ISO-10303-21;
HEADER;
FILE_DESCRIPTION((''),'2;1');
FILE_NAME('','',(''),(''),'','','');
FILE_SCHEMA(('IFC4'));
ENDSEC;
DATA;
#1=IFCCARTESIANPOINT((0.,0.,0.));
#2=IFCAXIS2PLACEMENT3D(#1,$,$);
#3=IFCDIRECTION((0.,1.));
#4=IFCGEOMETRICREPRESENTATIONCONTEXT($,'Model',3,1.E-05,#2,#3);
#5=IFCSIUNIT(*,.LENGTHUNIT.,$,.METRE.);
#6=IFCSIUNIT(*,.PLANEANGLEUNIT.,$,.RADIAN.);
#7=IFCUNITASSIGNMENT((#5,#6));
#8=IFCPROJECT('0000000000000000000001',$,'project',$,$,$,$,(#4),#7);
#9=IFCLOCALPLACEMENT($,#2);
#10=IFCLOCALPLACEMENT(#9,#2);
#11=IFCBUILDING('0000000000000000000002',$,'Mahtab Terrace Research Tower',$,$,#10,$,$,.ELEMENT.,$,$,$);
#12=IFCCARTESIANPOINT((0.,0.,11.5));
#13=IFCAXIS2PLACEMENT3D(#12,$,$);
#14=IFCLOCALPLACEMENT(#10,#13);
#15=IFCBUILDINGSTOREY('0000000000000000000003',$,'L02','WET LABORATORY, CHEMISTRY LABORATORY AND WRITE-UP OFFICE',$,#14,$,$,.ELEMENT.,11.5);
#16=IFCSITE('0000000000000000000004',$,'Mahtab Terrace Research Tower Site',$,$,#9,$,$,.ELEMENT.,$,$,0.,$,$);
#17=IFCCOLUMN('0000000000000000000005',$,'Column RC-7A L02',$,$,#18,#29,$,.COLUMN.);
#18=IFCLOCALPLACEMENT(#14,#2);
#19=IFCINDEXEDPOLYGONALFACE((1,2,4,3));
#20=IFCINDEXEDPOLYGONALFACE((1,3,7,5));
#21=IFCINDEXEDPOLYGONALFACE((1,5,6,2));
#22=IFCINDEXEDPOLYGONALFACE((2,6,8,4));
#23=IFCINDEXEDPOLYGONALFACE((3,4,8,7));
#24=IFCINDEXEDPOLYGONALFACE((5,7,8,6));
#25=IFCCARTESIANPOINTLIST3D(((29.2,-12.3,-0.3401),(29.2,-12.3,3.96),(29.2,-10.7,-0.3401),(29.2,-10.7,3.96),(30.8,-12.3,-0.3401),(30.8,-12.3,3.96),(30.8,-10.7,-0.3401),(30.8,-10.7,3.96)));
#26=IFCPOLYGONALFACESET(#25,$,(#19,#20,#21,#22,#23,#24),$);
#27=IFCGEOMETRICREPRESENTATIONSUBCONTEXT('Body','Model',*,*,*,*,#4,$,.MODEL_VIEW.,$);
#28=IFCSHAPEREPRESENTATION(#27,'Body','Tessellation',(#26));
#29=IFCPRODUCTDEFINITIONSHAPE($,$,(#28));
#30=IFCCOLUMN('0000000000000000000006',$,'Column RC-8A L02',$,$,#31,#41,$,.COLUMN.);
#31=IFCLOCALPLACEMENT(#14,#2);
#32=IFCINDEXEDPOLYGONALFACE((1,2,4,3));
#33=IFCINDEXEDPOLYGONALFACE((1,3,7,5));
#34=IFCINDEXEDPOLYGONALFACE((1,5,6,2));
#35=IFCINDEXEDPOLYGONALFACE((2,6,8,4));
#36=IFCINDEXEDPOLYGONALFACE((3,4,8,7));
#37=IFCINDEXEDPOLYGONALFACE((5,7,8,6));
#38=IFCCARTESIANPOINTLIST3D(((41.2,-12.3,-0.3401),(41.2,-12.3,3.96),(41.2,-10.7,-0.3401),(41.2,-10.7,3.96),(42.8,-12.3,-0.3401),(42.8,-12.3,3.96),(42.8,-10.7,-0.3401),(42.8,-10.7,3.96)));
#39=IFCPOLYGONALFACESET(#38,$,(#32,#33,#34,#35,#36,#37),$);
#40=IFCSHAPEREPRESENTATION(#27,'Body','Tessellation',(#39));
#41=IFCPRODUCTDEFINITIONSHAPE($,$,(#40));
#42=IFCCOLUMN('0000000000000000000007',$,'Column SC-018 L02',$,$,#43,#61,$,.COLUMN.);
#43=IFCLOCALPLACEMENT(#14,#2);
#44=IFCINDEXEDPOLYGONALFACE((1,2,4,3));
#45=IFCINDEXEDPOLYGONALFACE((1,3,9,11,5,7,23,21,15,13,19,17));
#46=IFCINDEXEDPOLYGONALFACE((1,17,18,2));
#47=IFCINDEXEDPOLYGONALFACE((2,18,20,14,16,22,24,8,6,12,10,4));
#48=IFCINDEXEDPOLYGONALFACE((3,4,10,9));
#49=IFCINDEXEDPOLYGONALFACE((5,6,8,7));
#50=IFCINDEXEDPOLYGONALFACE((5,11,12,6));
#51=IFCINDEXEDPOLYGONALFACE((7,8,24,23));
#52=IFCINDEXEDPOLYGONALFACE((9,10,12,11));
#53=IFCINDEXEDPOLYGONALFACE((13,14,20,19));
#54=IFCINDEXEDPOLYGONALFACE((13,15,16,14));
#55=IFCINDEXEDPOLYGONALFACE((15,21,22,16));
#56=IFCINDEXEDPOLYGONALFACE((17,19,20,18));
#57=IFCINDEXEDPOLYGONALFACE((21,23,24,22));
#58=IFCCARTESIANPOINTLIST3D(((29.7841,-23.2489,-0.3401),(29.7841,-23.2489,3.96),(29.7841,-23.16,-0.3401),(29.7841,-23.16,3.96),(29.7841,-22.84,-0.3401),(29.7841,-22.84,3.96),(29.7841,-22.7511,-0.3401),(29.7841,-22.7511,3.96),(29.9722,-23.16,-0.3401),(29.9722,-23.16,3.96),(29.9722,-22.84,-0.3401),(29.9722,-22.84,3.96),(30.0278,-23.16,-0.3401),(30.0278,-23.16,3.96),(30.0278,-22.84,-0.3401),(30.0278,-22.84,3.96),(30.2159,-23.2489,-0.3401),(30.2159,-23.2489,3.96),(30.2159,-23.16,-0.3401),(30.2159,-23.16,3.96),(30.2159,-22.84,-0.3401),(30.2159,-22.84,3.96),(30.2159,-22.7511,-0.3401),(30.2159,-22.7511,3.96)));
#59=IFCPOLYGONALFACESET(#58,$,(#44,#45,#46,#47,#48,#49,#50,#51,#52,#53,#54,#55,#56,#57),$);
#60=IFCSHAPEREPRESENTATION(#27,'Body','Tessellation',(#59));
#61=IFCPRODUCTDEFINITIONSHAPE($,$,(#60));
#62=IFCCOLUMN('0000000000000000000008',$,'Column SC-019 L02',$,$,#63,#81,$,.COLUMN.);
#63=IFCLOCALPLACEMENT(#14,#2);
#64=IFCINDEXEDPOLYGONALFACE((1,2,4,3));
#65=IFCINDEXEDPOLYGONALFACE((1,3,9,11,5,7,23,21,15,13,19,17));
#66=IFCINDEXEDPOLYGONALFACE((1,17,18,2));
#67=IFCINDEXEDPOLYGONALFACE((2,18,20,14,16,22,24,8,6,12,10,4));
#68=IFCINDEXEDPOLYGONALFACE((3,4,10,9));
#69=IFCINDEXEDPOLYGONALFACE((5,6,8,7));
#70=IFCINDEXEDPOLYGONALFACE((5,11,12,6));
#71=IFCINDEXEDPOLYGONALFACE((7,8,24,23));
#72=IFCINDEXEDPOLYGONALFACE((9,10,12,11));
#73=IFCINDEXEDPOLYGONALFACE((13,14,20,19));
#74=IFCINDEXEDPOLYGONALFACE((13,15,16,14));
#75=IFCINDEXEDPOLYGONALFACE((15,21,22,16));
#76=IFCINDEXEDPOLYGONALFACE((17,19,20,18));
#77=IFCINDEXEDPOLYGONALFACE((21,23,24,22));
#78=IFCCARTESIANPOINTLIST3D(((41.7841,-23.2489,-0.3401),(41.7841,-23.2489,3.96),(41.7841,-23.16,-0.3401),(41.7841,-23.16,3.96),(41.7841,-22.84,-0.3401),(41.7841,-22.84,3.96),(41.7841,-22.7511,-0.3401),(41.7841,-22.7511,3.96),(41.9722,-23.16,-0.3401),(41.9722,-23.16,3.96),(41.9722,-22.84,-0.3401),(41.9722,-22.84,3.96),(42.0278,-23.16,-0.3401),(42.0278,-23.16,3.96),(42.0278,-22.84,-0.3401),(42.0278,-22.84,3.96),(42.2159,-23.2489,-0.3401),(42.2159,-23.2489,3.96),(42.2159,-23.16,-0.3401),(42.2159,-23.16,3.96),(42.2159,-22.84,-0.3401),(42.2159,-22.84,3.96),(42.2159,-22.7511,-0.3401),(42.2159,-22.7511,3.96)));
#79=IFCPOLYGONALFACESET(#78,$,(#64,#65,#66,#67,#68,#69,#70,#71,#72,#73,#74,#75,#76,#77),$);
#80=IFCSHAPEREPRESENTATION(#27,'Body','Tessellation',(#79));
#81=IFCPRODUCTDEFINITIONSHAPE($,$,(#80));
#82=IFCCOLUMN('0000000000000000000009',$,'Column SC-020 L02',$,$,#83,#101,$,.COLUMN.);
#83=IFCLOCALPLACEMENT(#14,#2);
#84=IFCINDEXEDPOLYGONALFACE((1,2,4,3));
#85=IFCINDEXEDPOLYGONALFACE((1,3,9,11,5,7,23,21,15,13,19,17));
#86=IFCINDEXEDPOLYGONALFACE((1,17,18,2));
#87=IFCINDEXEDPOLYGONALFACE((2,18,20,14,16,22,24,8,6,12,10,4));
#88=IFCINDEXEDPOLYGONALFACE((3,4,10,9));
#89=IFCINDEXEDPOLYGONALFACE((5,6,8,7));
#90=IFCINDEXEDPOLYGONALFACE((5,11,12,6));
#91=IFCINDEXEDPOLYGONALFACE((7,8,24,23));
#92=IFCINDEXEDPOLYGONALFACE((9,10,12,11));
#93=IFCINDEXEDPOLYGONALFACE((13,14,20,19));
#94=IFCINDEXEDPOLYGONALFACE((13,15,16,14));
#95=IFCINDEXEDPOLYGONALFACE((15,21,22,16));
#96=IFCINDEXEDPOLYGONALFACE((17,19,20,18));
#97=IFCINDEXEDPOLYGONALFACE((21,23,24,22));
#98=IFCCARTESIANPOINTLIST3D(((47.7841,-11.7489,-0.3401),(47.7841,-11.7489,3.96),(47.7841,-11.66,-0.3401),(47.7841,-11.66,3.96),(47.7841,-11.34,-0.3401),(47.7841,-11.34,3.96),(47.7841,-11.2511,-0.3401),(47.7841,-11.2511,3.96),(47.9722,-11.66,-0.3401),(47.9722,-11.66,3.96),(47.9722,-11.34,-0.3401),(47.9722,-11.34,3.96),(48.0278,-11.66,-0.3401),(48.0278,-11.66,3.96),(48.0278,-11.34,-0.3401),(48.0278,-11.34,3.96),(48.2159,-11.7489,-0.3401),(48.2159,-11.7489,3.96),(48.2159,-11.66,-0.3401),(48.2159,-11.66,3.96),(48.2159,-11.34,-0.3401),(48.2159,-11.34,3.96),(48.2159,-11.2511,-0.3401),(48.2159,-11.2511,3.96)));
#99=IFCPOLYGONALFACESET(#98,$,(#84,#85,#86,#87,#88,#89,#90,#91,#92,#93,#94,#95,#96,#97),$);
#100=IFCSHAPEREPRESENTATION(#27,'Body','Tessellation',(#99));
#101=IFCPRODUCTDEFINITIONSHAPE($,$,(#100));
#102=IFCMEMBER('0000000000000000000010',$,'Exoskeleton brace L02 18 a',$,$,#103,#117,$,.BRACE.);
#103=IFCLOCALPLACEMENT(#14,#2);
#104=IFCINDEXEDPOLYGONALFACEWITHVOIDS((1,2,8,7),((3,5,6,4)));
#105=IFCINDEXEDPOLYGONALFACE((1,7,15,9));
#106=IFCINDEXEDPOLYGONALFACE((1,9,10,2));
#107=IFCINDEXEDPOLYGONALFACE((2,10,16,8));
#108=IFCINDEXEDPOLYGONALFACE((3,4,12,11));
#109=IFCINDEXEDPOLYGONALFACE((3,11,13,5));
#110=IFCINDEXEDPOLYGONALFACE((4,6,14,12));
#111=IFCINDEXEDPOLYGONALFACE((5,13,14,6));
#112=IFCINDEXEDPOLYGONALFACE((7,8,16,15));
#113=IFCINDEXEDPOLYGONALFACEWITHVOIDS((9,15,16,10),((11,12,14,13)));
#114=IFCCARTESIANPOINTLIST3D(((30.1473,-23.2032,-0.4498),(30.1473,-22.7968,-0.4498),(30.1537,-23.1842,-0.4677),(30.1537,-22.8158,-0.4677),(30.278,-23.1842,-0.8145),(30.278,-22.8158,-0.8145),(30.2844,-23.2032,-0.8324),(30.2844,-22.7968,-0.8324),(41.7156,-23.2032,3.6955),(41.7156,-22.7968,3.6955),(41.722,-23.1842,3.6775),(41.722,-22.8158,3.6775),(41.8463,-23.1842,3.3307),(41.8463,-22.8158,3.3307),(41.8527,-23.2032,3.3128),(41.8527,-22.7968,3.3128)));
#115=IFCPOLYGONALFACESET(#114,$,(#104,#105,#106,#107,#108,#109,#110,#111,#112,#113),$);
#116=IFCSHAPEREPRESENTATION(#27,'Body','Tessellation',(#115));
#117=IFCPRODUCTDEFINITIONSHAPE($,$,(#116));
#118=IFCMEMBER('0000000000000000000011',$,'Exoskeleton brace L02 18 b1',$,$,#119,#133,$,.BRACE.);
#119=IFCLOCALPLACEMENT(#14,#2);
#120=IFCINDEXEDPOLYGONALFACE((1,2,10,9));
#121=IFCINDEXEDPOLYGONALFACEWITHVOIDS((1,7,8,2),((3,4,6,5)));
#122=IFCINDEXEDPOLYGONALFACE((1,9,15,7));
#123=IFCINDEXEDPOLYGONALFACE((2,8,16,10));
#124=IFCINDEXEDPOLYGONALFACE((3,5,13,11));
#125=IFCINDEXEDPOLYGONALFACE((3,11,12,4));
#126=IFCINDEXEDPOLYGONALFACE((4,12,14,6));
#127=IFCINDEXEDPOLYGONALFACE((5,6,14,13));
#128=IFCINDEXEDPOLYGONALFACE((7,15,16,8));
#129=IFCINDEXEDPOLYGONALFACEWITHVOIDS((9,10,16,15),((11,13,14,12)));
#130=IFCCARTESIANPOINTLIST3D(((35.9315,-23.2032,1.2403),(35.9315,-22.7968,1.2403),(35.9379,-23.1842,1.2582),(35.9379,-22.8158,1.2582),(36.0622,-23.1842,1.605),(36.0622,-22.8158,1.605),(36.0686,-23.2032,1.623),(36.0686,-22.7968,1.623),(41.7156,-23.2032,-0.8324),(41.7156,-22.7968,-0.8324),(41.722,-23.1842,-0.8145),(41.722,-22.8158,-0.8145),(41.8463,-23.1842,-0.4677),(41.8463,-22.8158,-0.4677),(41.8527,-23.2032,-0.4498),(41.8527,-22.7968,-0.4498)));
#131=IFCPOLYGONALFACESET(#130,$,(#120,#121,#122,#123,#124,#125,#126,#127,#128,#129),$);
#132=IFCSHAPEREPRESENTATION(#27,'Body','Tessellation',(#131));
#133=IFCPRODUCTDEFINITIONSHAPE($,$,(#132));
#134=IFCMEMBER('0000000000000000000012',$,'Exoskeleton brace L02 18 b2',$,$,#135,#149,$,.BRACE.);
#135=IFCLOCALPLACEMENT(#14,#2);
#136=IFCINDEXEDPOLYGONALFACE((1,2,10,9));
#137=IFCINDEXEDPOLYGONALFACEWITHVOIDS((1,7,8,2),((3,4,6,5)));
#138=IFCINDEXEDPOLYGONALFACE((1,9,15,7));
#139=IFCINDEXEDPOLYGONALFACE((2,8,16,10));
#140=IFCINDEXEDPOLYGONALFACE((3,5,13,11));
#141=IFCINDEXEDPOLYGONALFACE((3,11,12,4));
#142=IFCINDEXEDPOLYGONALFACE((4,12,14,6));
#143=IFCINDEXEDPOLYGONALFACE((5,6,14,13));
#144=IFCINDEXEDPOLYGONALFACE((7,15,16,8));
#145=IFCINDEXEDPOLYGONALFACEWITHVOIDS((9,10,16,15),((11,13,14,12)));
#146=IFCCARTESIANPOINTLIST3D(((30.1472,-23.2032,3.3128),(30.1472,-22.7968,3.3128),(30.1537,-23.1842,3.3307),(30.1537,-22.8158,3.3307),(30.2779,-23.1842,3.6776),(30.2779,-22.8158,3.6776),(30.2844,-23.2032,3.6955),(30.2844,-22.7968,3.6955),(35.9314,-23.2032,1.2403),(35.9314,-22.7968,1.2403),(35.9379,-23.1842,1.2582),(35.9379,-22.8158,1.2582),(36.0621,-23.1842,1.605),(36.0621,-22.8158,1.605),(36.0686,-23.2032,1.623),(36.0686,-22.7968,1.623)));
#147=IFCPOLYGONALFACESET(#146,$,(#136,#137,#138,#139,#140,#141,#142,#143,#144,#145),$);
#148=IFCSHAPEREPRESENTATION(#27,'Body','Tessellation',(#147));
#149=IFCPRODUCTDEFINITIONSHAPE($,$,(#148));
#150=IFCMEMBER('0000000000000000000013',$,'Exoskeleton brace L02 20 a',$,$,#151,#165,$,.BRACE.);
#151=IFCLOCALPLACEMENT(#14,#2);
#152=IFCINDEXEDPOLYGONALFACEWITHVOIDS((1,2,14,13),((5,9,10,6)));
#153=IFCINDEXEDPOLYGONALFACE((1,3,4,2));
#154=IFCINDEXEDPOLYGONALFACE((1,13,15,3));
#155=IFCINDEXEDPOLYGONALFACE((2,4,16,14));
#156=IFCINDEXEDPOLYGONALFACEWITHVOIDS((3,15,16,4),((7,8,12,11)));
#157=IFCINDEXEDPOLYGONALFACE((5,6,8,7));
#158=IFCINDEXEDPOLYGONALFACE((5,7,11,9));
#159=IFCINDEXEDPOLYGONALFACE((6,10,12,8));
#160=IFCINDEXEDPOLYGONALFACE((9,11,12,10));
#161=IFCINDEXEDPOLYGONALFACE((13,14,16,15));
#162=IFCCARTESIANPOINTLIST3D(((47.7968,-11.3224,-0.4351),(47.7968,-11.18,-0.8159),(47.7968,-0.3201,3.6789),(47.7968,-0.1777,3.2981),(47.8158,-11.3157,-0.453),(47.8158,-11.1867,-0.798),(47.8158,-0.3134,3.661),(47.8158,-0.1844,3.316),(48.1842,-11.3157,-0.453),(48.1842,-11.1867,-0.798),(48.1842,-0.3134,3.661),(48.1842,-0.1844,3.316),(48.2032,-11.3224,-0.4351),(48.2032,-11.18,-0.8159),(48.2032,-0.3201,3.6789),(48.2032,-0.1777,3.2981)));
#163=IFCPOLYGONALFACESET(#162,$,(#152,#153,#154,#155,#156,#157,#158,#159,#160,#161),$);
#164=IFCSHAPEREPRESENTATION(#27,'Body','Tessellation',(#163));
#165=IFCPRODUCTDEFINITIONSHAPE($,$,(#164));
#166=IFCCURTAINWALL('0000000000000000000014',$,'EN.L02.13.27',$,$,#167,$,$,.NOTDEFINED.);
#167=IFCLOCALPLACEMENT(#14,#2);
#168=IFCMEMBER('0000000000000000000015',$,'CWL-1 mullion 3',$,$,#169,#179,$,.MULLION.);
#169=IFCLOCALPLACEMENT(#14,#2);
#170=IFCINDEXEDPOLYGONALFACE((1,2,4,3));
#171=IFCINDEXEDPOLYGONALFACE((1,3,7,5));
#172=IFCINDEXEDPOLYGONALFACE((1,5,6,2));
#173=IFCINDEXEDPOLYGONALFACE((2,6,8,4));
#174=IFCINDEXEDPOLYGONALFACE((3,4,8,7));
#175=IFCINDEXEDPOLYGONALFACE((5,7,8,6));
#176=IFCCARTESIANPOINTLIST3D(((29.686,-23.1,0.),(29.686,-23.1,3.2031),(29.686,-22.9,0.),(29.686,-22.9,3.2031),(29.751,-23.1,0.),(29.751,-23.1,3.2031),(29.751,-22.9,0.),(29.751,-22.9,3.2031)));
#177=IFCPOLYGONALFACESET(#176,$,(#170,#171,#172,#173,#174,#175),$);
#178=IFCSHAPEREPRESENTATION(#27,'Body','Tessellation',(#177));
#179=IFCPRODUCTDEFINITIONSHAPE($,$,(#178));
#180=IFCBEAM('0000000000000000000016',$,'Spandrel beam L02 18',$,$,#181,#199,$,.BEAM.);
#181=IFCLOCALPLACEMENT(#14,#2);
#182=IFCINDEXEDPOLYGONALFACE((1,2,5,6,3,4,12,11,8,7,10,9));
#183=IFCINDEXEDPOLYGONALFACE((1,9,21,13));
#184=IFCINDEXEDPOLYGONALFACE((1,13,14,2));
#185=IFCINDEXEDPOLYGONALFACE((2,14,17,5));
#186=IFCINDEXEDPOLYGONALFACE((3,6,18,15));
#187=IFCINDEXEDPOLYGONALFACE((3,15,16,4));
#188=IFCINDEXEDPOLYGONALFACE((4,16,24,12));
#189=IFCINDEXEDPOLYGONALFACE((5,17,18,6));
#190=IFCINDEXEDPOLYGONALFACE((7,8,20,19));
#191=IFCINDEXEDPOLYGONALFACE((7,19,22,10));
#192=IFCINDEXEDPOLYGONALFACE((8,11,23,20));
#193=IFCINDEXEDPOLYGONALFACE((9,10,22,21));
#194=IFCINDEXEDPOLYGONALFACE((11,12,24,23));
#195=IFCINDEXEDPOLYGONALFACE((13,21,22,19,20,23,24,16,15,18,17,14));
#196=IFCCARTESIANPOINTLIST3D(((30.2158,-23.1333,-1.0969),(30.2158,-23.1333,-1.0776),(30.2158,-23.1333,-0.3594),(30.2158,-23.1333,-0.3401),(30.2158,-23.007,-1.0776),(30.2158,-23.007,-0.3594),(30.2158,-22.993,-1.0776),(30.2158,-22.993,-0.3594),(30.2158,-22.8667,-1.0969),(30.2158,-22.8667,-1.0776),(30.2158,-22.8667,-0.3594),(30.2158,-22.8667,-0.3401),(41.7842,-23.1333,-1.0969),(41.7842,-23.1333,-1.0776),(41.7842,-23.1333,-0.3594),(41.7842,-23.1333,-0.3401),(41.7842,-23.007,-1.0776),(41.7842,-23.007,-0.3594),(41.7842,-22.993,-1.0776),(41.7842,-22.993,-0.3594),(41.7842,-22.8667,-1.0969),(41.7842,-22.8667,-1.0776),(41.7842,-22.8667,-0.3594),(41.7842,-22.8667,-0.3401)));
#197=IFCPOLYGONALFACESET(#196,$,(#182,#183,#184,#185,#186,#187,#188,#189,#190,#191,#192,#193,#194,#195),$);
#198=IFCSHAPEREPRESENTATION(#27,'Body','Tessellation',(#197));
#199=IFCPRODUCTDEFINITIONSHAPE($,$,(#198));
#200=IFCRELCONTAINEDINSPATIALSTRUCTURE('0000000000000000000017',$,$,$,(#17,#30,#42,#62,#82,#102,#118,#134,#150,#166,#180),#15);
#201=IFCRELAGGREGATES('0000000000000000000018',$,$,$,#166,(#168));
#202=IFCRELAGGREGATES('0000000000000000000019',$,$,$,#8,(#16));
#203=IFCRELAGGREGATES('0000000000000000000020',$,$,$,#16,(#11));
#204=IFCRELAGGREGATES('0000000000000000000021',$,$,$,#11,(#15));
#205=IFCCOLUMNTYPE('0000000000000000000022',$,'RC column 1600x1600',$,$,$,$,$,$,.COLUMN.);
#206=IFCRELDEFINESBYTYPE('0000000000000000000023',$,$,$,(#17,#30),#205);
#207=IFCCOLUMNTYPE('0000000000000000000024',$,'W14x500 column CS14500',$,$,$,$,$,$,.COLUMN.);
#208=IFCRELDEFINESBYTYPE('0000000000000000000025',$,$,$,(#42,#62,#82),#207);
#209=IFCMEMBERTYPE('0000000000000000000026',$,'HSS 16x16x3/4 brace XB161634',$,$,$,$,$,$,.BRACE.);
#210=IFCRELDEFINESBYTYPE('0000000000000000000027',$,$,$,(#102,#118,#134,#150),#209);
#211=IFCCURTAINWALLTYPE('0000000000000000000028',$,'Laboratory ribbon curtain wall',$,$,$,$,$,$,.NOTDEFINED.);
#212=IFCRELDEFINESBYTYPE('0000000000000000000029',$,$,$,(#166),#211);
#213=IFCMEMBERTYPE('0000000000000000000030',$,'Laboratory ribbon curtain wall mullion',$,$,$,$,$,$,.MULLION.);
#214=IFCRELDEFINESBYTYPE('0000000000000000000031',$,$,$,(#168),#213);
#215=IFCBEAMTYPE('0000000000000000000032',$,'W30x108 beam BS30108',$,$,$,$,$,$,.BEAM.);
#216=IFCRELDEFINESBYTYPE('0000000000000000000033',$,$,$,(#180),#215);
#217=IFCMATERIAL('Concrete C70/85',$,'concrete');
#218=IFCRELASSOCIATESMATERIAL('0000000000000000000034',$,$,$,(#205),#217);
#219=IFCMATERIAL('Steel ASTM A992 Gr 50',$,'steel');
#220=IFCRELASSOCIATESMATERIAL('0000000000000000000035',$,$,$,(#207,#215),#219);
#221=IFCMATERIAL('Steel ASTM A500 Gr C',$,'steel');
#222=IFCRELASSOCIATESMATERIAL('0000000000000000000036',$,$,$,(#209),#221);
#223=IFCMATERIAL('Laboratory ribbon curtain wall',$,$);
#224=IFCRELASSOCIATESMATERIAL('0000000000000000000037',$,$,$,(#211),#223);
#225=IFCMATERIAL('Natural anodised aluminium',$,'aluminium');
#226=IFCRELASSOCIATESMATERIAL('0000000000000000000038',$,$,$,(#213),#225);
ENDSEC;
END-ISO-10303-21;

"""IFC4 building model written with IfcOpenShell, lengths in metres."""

from ifc_helpers import new_model, si_unit, direction, frame, origin, origin_2d, place, context, subcontext, project, spatial, rectangle, hollow_rectangle, i_section, extrude, material, material_profile, profile_set, type_object, element, aggregate, save


model = new_model("IFC4")

# Units and contexts
model_context = context("Model", 3, precision=1e-05, world=origin(), true_north=direction((0.0, 1.0)))
body_context = subcontext(model_context, "Body", "Model", "MODEL_VIEW")
ifc_project = project(units=[si_unit("LENGTHUNIT", "METRE"), si_unit("PLANEANGLEUNIT", "RADIAN")], contexts=[model_context])

# Site, building, storey
site_placement = place(None, origin())
site = spatial("IfcSite", under=ifc_project, at=site_placement, Name="Mahtab Terrace Research Tower Site", CompositionType="ELEMENT", RefElevation=0.0)
building_placement = place(site_placement, origin())
building = spatial("IfcBuilding", under=site, at=building_placement, Name="Mahtab Terrace Research Tower", CompositionType="ELEMENT")
storey_placement = place(building_placement, frame((0.0, 0.0, 11.5)))
storey = spatial("IfcBuildingStorey", under=building, at=storey_placement, Name="L02", Description="WET LABORATORY, CHEMISTRY LABORATORY AND WRITE-UP OFFICE", CompositionType="ELEMENT", Elevation=11.5)

# Columns
ifc_material_1 = material(Name="Concrete C70/85", Category="concrete")
ifc_material_profile_1 = material_profile(ifc_material_1, rectangle(XDim=1.6001, YDim=1.6001, at=origin_2d()), Name="RC column 1600x1600")
ifc_profile_set_1 = profile_set([ifc_material_profile_1], Name="Concrete C70/85")
column_type_1 = type_object("IfcColumnType", Name="RC column 1600x1600", PredefinedType="COLUMN", material=ifc_profile_set_1)
for number, where, z_axis, x_axis, name in (
    (1, (30.0, -11.5, -0.3401), (0.0, 0.0, 1.0), (1.0, 0.0, 0.0), "Column RC-7A L02"),
    (2, (42.0, -11.5, -0.3401), (0.0, 0.0, 1.0), (1.0, 0.0, 0.0), "Column RC-8A L02"),
):
    element("IfcColumn", number, at=place(storey_placement, frame(where, z_axis=z_axis, x_axis=x_axis)), inside=storey, type_object=column_type_1, Name=name, PredefinedType="COLUMN", context=body_context, shape_type="SweptSolid", body=[
        extrude(rectangle(XDim=1.6001, YDim=1.6001, at=origin_2d()), origin(), (0.0, 0.0, 1.0), 4.3),
    ])
ifc_material_2 = material(Name="Steel ASTM A992 Gr 50", Category="steel")
ifc_material_profile_2 = material_profile(ifc_material_2, i_section(OverallWidth=0.4319, OverallDepth=0.4978, WebThickness=0.0557, FlangeThickness=0.0889, at=origin_2d()), Name="W14X500")
ifc_profile_set_2 = profile_set([ifc_material_profile_2], Name="Steel ASTM A992 Gr 50")
column_type_2 = type_object("IfcColumnType", Name="W14x500 column CS14500", PredefinedType="COLUMN", material=ifc_profile_set_2)
for number, where, z_axis, x_axis, name in (
    (3, (30.0, -23.0, -0.3401), (0.0, 0.0, 1.0), (1.0, 0.0, 0.0), "Column SC-018 L02"),
    (4, (42.0, -23.0, -0.3401), (0.0, 0.0, 1.0), (1.0, 0.0, 0.0), "Column SC-019 L02"),
    (5, (48.0, -11.5, -0.3401), (0.0, 0.0, 1.0), (1.0, 0.0, 0.0), "Column SC-020 L02"),
):
    element("IfcColumn", number, at=place(storey_placement, frame(where, z_axis=z_axis, x_axis=x_axis)), inside=storey, type_object=column_type_2, Name=name, PredefinedType="COLUMN", context=body_context, shape_type="SweptSolid", body=[
        extrude(i_section(OverallWidth=0.4319, OverallDepth=0.4978, WebThickness=0.0557, FlangeThickness=0.0889, at=origin_2d()), origin(), (0.0, 0.0, 1.0), 4.3),
    ])

# Members
ifc_material_3 = material(Name="Steel ASTM A500 Gr C", Category="steel")
ifc_material_profile_3 = material_profile(ifc_material_3, hollow_rectangle(XDim=0.4065, YDim=0.4065, WallThickness=0.019, at=origin_2d()), Name="HSS16X16X3/4")
ifc_profile_set_3 = profile_set([ifc_material_profile_3], Name="Steel ASTM A500 Gr C")
member_type_1 = type_object("IfcMemberType", Name="HSS 16x16x3/4 brace XB161634", PredefinedType="BRACE", material=ifc_profile_set_3)
member_1_placement = place(storey_placement, frame((30.2158, -23.0, -0.6411), z_axis=(0.941388, 0.0, 0.337325), x_axis=(0.0, 1.0, 0.0)))
element("IfcMember", 6, at=member_1_placement, inside=storey, type_object=member_type_1, Name="Exoskeleton brace L02 18 a", PredefinedType="BRACE", context=body_context, shape_type="SweptSolid", body=[
    extrude(hollow_rectangle(XDim=0.4065, YDim=0.4065, WallThickness=0.019, at=origin_2d()), origin(), (0.0, 0.0, 1.0), 12.2886),
])
for number, where, z_axis, x_axis, name in (
    (7, (41.7842, -23.0, -0.6411), (-0.941382, 0.0, 0.337343), (0.0, -1.0, 0.0), "Exoskeleton brace L02 18 b1"),
    (8, (36.0, -23.0, 1.4316), (-0.941394, 0.0, 0.337308), (0.0, -1.0, 0.0), "Exoskeleton brace L02 18 b2"),
):
    element("IfcMember", number, at=place(storey_placement, frame(where, z_axis=z_axis, x_axis=x_axis)), inside=storey, type_object=member_type_1, Name=name, PredefinedType="BRACE", context=body_context, shape_type="SweptSolid", body=[
        extrude(hollow_rectangle(XDim=0.4065, YDim=0.4065, WallThickness=0.019, at=origin_2d()), origin(), (0.0, 0.0, 1.0), 6.1443),
    ])
member_2_placement = place(storey_placement, frame((48.0, -11.2512, -0.6255), z_axis=(0.0, 0.936662, 0.350235), x_axis=(-1.0, 0.0, 0.0)))
element("IfcMember", 9, at=member_2_placement, inside=storey, type_object=member_type_1, Name="Exoskeleton brace L02 20 a", PredefinedType="BRACE", context=body_context, shape_type="SweptSolid", body=[
    extrude(hollow_rectangle(XDim=0.4065, YDim=0.4065, WallThickness=0.019, at=origin_2d()), origin(), (0.0, 0.0, 1.0), 11.7463),
])

# Curtain wall, member
ifc_material_4 = material(Name="Laboratory ribbon curtain wall")
curtain_wall_type = type_object("IfcCurtainWallType", Name="Laboratory ribbon curtain wall", PredefinedType="NOTDEFINED", material=ifc_material_4)
curtain_wall_placement = place(storey_placement, origin())
curtain_wall = element("IfcCurtainWall", 10, at=curtain_wall_placement, inside=storey, type_object=curtain_wall_type, Name="EN.L02.13.27", PredefinedType="NOTDEFINED")
ifc_material_5 = material(Name="Natural anodised aluminium", Category="aluminium")
ifc_material_profile_4 = material_profile(ifc_material_5, rectangle(XDim=0.2, YDim=0.0649, at=origin_2d()), Name="MULLION 65x200")
ifc_profile_set_4 = profile_set([ifc_material_profile_4], Name="Natural anodised aluminium")
member_type_2 = type_object("IfcMemberType", Name="Laboratory ribbon curtain wall mullion", PredefinedType="MULLION", material=ifc_profile_set_4)
member_3_placement = place(storey_placement, frame((29.7185, -23.0, 0.0), z_axis=(0.0, 0.0, 1.0), x_axis=(0.0, 1.0, 0.0)))
member_3 = element("IfcMember", 11, at=member_3_placement, type_object=member_type_2, Name="CWL-1 mullion 3", PredefinedType="MULLION", context=body_context, shape_type="SweptSolid", body=[
    extrude(rectangle(XDim=0.2, YDim=0.0649, at=origin_2d()), origin(), (0.0, 0.0, 1.0), 3.2031),
])
aggregate(curtain_wall, [member_3])

# Beam
ifc_material_profile_5 = material_profile(ifc_material_2, i_section(OverallWidth=0.2666, OverallDepth=0.7568, WebThickness=0.0139, FlangeThickness=0.0193, at=origin_2d()), Name="W30X108")
ifc_profile_set_5 = profile_set([ifc_material_profile_5], Name="Steel ASTM A992 Gr 50")
beam_type = type_object("IfcBeamType", Name="W30x108 beam BS30108", PredefinedType="BEAM", material=ifc_profile_set_5)
beam_1_placement = place(storey_placement, frame((30.2158, -23.0, -0.7185), z_axis=(1.0, 0.0, 0.0), x_axis=(0.0, 1.0, 0.0)))
element("IfcBeam", 12, at=beam_1_placement, inside=storey, type_object=beam_type, Name="Spandrel beam L02 18", PredefinedType="BEAM", context=body_context, shape_type="SweptSolid", body=[
    extrude(i_section(OverallWidth=0.2666, OverallDepth=0.7568, WebThickness=0.0139, FlangeThickness=0.0193, at=origin_2d()), origin(), (0.0, 0.0, 1.0), 11.5684),
])

save(model, "model.ifc")
